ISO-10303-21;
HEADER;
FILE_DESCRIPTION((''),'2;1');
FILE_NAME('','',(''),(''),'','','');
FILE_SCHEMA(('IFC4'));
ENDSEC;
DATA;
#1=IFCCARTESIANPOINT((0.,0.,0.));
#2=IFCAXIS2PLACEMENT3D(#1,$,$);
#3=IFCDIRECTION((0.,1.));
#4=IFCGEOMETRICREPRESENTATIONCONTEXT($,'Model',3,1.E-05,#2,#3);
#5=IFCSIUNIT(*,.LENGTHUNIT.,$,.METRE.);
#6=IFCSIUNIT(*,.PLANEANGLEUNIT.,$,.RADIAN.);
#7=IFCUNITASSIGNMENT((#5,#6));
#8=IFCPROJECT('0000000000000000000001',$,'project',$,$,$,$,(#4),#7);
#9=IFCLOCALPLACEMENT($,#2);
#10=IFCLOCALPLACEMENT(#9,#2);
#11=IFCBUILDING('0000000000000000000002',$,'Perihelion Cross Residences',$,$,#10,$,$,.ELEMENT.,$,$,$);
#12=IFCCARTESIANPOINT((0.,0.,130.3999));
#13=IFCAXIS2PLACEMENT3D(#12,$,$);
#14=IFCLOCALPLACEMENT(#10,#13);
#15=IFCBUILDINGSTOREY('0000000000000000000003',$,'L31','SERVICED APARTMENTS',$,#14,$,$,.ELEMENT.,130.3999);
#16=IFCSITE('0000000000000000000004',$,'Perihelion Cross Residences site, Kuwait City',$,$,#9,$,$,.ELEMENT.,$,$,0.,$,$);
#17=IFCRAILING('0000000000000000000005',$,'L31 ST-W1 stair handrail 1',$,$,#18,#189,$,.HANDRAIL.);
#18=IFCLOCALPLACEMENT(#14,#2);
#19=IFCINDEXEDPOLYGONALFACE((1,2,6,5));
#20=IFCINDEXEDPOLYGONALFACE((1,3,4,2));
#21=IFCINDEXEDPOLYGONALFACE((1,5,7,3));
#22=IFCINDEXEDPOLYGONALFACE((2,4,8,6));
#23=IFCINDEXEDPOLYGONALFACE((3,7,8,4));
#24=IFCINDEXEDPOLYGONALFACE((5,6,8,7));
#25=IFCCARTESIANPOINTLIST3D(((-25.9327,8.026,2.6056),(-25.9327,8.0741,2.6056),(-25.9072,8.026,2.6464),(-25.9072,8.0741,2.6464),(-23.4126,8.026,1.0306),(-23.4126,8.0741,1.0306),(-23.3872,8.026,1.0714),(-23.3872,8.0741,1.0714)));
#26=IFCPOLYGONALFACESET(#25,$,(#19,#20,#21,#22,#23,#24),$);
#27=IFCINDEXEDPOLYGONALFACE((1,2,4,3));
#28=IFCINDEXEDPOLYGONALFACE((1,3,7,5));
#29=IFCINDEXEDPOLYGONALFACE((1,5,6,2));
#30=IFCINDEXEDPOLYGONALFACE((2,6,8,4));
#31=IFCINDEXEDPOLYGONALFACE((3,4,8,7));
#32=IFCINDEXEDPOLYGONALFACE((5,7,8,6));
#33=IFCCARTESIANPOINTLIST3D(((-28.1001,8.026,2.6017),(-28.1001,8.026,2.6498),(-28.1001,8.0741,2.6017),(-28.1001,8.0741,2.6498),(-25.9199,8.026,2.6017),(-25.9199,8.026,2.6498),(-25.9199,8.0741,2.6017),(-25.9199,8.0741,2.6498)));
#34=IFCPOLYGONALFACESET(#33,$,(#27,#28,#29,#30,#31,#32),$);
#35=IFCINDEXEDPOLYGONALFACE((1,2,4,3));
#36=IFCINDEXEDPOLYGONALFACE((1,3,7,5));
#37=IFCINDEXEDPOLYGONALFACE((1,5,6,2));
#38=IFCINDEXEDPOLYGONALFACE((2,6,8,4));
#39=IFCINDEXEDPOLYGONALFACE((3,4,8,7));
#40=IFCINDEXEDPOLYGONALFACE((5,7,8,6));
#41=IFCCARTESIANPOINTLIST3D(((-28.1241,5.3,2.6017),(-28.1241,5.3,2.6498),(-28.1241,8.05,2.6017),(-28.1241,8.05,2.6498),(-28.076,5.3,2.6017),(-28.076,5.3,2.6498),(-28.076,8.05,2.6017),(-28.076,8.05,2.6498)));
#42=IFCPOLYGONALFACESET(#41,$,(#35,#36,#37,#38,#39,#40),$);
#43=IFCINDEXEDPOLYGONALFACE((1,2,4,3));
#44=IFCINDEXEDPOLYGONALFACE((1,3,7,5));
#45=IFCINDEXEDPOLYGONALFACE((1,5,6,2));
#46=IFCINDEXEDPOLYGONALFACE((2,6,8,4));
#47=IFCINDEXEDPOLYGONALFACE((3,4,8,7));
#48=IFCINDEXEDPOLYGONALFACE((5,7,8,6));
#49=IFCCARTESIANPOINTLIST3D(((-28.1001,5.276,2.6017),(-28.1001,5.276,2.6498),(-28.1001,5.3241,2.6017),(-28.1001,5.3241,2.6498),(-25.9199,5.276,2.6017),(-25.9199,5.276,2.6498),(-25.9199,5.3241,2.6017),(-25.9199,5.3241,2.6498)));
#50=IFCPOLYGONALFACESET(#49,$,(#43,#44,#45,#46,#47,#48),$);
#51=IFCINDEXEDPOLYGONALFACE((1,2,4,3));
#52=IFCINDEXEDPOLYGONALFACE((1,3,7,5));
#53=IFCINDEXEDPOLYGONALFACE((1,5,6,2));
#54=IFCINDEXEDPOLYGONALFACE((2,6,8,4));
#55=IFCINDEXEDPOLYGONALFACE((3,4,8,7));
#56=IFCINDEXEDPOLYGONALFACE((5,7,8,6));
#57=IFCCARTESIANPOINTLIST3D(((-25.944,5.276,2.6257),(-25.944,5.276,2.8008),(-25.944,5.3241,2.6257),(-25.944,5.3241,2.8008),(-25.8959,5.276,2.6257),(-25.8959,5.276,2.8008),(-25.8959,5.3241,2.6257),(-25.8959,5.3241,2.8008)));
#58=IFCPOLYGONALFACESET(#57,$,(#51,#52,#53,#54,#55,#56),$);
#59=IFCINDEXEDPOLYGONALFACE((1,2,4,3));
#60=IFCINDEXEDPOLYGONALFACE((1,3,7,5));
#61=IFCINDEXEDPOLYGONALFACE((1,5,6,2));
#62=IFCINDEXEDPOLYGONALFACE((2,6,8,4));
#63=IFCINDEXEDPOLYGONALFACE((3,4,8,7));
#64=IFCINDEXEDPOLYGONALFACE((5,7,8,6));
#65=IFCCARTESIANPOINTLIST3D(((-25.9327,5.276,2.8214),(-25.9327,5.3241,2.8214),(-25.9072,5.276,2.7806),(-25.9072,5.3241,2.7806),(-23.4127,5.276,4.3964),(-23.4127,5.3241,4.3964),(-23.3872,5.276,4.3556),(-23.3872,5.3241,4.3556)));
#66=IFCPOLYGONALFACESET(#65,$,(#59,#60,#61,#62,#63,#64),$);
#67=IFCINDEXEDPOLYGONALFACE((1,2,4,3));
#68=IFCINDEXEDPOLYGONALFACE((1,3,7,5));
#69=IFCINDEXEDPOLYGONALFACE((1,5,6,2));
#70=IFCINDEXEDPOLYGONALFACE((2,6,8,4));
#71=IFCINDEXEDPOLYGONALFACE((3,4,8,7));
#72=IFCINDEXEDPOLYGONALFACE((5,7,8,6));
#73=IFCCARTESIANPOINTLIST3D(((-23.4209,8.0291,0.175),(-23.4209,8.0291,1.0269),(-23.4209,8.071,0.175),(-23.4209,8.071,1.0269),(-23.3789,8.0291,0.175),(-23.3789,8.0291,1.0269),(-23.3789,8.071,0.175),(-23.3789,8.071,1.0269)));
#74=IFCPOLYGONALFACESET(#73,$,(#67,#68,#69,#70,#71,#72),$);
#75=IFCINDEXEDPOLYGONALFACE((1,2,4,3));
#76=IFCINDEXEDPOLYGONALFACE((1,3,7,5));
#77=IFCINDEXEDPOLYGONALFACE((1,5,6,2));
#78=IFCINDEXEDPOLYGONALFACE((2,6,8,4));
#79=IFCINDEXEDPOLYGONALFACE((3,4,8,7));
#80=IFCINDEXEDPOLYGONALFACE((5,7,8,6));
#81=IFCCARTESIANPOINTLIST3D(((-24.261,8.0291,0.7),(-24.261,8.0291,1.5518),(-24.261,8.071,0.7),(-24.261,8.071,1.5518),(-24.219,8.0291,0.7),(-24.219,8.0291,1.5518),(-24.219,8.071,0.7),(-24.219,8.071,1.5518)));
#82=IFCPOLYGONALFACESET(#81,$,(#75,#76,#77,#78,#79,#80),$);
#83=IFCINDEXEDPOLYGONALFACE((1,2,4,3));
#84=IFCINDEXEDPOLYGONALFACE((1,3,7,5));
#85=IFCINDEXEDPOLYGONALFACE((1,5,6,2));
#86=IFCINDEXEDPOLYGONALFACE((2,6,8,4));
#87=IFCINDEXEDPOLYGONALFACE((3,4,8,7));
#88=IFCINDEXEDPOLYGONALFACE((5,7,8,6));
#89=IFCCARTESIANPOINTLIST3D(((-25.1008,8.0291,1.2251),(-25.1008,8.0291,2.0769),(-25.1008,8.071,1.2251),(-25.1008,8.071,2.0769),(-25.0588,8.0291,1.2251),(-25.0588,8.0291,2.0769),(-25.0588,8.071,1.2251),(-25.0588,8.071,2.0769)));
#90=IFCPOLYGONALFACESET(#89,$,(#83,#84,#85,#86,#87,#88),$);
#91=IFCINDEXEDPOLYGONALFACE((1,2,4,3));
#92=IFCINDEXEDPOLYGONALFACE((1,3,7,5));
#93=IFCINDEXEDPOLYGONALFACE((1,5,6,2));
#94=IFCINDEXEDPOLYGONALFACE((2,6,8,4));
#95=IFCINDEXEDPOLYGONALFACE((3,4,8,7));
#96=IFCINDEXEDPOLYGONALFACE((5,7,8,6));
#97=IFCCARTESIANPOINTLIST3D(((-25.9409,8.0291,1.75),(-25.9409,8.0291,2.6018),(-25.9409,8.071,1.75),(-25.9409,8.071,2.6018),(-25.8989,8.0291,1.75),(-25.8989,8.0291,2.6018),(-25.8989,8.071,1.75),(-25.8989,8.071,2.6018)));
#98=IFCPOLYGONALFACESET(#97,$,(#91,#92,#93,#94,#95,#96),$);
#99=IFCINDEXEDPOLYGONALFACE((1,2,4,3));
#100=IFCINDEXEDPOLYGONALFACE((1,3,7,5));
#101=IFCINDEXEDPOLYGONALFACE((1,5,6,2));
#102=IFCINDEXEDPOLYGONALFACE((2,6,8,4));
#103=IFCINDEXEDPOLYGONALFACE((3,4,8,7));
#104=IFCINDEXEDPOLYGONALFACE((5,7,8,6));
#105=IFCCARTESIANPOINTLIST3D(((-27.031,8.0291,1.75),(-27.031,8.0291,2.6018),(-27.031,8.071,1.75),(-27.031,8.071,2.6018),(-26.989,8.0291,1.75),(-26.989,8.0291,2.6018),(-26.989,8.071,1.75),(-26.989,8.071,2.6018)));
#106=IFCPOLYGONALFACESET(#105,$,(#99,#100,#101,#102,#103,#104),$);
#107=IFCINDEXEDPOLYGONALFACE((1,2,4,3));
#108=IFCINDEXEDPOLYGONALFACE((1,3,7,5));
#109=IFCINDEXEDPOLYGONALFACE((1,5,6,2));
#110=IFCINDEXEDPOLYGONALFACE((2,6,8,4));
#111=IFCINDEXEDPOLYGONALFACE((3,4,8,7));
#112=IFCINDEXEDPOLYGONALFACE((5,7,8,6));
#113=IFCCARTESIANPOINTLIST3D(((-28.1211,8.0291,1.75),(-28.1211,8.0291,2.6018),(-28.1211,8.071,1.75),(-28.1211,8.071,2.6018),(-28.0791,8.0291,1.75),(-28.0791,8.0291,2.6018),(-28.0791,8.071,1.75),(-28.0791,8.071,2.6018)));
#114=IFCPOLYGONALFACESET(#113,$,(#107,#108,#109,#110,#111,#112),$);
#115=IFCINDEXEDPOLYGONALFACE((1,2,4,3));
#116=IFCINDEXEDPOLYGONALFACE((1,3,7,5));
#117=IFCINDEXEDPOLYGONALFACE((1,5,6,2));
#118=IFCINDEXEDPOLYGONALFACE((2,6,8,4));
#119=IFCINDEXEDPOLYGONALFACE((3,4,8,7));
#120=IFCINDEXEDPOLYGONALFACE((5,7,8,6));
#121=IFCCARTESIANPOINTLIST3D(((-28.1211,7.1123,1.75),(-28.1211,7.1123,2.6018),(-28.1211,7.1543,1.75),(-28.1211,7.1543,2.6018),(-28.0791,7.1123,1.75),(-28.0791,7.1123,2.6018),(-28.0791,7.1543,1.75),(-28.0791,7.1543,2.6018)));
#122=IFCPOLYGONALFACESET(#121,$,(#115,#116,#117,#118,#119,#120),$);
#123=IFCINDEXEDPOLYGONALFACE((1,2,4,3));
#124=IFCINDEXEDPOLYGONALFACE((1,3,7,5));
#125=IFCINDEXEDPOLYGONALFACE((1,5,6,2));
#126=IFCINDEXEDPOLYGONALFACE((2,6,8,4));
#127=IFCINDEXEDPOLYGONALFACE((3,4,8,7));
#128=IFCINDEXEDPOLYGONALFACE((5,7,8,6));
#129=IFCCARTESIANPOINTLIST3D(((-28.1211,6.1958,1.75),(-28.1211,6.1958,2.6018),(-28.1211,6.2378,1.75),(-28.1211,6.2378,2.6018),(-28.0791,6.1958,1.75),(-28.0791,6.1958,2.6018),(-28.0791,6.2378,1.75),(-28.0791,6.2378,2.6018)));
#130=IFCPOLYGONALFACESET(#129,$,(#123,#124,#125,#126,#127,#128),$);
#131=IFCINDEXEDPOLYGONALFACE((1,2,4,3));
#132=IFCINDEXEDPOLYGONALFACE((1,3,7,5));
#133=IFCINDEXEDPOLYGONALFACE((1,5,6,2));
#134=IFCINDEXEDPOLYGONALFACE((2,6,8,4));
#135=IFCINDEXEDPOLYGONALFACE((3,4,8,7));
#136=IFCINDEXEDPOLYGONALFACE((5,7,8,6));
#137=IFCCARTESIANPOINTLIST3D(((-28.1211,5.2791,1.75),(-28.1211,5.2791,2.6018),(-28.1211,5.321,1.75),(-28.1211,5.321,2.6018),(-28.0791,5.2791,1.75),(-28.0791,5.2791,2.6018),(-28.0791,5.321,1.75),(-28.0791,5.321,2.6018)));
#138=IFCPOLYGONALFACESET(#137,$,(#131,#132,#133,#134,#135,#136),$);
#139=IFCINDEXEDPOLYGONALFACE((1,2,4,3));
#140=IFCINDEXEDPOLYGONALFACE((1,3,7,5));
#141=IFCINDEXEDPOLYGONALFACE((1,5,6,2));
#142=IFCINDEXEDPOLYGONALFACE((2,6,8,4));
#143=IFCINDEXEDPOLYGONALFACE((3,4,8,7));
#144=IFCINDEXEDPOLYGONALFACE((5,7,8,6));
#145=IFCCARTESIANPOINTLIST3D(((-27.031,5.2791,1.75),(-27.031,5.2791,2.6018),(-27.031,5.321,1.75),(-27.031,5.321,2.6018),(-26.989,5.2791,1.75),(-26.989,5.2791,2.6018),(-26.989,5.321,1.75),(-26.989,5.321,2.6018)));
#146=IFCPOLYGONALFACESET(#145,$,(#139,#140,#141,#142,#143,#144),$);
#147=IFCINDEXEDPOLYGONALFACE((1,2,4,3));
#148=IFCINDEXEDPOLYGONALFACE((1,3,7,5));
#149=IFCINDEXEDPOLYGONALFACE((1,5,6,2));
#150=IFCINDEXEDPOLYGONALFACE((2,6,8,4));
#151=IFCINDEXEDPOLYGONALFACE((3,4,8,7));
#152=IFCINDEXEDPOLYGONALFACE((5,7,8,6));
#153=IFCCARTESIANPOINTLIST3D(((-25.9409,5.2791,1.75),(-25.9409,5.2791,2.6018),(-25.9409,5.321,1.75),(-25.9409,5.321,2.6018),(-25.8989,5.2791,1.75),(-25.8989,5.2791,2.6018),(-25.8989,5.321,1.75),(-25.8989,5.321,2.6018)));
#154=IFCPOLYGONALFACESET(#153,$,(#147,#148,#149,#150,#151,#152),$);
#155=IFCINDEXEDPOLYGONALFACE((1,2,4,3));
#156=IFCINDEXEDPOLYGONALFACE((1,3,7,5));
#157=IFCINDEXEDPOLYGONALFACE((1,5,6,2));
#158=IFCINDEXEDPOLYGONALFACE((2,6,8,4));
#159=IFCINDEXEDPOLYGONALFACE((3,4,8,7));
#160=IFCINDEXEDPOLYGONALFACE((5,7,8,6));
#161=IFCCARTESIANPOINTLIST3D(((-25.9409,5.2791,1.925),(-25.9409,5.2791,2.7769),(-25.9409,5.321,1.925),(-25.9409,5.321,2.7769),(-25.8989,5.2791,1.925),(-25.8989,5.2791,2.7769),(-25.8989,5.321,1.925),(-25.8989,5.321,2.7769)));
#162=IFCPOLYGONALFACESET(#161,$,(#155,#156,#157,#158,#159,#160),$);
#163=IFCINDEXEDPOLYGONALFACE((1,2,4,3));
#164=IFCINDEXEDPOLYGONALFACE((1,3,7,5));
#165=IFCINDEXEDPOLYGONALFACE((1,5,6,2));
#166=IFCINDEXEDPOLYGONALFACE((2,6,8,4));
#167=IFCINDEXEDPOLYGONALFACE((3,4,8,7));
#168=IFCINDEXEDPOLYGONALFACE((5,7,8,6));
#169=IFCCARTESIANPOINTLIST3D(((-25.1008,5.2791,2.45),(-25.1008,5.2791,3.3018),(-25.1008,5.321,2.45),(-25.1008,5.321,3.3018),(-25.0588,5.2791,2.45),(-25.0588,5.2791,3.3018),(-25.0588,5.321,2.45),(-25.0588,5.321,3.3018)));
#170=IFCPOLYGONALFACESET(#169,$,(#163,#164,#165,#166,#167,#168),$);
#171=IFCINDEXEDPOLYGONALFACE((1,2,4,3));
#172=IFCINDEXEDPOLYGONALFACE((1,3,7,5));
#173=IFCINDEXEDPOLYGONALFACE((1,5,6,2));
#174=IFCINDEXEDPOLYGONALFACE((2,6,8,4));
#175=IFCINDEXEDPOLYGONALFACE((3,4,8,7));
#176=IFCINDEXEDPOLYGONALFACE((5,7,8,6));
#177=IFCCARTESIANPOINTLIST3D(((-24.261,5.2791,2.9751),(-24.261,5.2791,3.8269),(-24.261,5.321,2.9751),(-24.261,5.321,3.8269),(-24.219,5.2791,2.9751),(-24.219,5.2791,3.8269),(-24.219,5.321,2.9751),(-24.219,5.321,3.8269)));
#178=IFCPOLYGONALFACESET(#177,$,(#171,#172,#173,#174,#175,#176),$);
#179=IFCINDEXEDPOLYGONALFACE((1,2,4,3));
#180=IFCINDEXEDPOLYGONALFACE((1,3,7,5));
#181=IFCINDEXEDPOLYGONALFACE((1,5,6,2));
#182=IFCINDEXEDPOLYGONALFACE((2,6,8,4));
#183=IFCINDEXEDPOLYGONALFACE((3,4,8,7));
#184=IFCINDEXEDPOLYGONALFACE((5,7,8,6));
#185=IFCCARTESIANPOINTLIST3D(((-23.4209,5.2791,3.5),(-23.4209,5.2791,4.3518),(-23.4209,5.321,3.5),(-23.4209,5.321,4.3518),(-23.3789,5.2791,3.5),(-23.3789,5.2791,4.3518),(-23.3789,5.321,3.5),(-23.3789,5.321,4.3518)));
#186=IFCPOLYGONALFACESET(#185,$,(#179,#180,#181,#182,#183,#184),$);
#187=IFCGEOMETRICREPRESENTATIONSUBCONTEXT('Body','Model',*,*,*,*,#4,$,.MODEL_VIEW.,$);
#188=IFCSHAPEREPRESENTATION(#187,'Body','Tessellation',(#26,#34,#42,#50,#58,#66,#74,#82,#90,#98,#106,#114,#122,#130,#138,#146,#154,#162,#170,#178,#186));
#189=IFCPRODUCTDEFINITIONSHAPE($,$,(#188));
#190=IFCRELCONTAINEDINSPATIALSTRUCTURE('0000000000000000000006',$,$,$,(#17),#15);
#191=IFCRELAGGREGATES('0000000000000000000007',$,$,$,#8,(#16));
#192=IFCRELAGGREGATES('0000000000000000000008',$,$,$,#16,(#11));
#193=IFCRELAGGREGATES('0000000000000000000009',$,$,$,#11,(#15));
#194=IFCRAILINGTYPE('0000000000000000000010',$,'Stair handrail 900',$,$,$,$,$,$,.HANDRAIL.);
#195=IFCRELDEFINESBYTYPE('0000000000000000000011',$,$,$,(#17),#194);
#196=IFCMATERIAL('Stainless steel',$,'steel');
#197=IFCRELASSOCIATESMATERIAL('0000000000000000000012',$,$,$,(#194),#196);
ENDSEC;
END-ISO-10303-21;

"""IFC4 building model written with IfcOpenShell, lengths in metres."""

from ifc_helpers import new_model, si_unit, direction, frame, origin, origin_2d, place, context, subcontext, project, spatial, rectangle, extrude, material, type_object, element, save


model = new_model("IFC4")

# Units and contexts
model_context = context("Model", 3, precision=1e-05, world=origin(), true_north=direction((0.0, 1.0)))
body_context = subcontext(model_context, "Body", "Model", "MODEL_VIEW")
ifc_project = project(units=[si_unit("LENGTHUNIT", "METRE"), si_unit("PLANEANGLEUNIT", "RADIAN")], contexts=[model_context])

# Site, building, storey
site_placement = place(None, origin())
site = spatial("IfcSite", under=ifc_project, at=site_placement, Name="Perihelion Cross Residences site, Kuwait City", CompositionType="ELEMENT", RefElevation=0.0)
building_placement = place(site_placement, origin())
building = spatial("IfcBuilding", under=site, at=building_placement, Name="Perihelion Cross Residences", CompositionType="ELEMENT")
storey_placement = place(building_placement, frame((0.0, 0.0, 130.3999)))
storey = spatial("IfcBuildingStorey", under=building, at=storey_placement, Name="L31", Description="SERVICED APARTMENTS", CompositionType="ELEMENT", Elevation=130.3999)

# Railing
ifc_material_1 = material(Name="Stainless steel", Category="steel")
railing_type_1 = type_object("IfcRailingType", Name="Stair handrail 900", PredefinedType="HANDRAIL", material=ifc_material_1)
railing_1_placement = place(storey_placement, frame((-23.3999, 8.05, 0.175)))
element("IfcRailing", 1, at=railing_1_placement, inside=storey, type_object=railing_type_1, Name="L31 ST-W1 stair handrail 1", PredefinedType="HANDRAIL", context=body_context, shape_type="SweptSolid", body=[
    extrude(rectangle(XDim=0.0481, YDim=0.0481, at=origin_2d()), frame((0.0, 0.0, 0.876), z_axis=(-0.848008, 0.0, 0.529984), x_axis=(0.0, -1.0, 0.0)), (0.0, 0.0, 1.0), 2.9717),
    extrude(rectangle(XDim=0.0481, YDim=0.0481, at=origin_2d()), frame((-2.52, 0.0, 2.4507), z_axis=(-1.0, 0.0, 0.0), x_axis=(0.0, -1.0, 0.0)), (0.0, 0.0, 1.0), 2.1802),
    extrude(rectangle(XDim=0.0481, YDim=0.0481, at=origin_2d()), frame((-4.7002, 0.0, 2.4507), z_axis=(0.0, -1.0, 0.0), x_axis=(1.0, 0.0, 0.0)), (0.0, 0.0, 1.0), 2.75),
    extrude(rectangle(XDim=0.0481, YDim=0.0481, at=origin_2d()), frame((-4.7002, -2.75, 2.4507), z_axis=(1.0, 0.0, 0.0), x_axis=(0.0, 1.0, 0.0)), (0.0, 0.0, 1.0), 2.1802),
    extrude(rectangle(XDim=0.0481, YDim=0.0481, at=origin_2d()), frame((-2.52, -2.75, 2.4507), z_axis=(0.0, 0.0, 1.0), x_axis=(1.0, 0.0, 0.0)), (0.0, 0.0, 1.0), 0.175),
    extrude(rectangle(XDim=0.0481, YDim=0.0481, at=origin_2d()), frame((-2.52, -2.75, 2.626), z_axis=(0.848008, 0.0, 0.529984), x_axis=(0.0, 1.0, 0.0)), (0.0, 0.0, 1.0), 2.9717),
    extrude(rectangle(XDim=0.042, YDim=0.042, at=origin_2d()), origin(), (0.0, 0.0, 1.0), 0.8518),
    extrude(rectangle(XDim=0.042, YDim=0.042, at=origin_2d()), frame((-0.8401, 0.0, 0.5249)), (0.0, 0.0, 1.0), 0.8518),
    extrude(rectangle(XDim=0.042, YDim=0.042, at=origin_2d()), frame((-1.6799, 0.0, 1.05)), (0.0, 0.0, 1.0), 0.8518),
    extrude(rectangle(XDim=0.042, YDim=0.042, at=origin_2d()), frame((-2.52, 0.0, 1.575)), (0.0, 0.0, 1.0), 0.8518),
    extrude(rectangle(XDim=0.042, YDim=0.042, at=origin_2d()), frame((-3.6101, 0.0, 1.575)), (0.0, 0.0, 1.0), 0.8518),
    extrude(rectangle(XDim=0.042, YDim=0.042, at=origin_2d()), frame((-4.7002, 0.0, 1.575)), (0.0, 0.0, 1.0), 0.8518),
    extrude(rectangle(XDim=0.042, YDim=0.042, at=origin_2d()), frame((-4.7002, -0.9167, 1.575)), (0.0, 0.0, 1.0), 0.8518),
    extrude(rectangle(XDim=0.042, YDim=0.042, at=origin_2d()), frame((-4.7002, -1.8333, 1.575)), (0.0, 0.0, 1.0), 0.8518),
    extrude(rectangle(XDim=0.042, YDim=0.042, at=origin_2d()), frame((-4.7002, -2.75, 1.575)), (0.0, 0.0, 1.0), 0.8518),
    extrude(rectangle(XDim=0.042, YDim=0.042, at=origin_2d()), frame((-3.6101, -2.75, 1.575)), (0.0, 0.0, 1.0), 0.8518),
    extrude(rectangle(XDim=0.042, YDim=0.042, at=origin_2d()), frame((-2.52, -2.75, 1.575)), (0.0, 0.0, 1.0), 0.8518),
    extrude(rectangle(XDim=0.042, YDim=0.042, at=origin_2d()), frame((-2.52, -2.75, 1.75)), (0.0, 0.0, 1.0), 0.8518),
    extrude(rectangle(XDim=0.042, YDim=0.042, at=origin_2d()), frame((-1.6799, -2.75, 2.2749)), (0.0, 0.0, 1.0), 0.8518),
    extrude(rectangle(XDim=0.042, YDim=0.042, at=origin_2d()), frame((-0.8401, -2.75, 2.8)), (0.0, 0.0, 1.0), 0.8518),
    extrude(rectangle(XDim=0.042, YDim=0.042, at=origin_2d()), frame((0.0, -2.75, 3.325)), (0.0, 0.0, 1.0), 0.8518),
])

save(model, "model.ifc")
